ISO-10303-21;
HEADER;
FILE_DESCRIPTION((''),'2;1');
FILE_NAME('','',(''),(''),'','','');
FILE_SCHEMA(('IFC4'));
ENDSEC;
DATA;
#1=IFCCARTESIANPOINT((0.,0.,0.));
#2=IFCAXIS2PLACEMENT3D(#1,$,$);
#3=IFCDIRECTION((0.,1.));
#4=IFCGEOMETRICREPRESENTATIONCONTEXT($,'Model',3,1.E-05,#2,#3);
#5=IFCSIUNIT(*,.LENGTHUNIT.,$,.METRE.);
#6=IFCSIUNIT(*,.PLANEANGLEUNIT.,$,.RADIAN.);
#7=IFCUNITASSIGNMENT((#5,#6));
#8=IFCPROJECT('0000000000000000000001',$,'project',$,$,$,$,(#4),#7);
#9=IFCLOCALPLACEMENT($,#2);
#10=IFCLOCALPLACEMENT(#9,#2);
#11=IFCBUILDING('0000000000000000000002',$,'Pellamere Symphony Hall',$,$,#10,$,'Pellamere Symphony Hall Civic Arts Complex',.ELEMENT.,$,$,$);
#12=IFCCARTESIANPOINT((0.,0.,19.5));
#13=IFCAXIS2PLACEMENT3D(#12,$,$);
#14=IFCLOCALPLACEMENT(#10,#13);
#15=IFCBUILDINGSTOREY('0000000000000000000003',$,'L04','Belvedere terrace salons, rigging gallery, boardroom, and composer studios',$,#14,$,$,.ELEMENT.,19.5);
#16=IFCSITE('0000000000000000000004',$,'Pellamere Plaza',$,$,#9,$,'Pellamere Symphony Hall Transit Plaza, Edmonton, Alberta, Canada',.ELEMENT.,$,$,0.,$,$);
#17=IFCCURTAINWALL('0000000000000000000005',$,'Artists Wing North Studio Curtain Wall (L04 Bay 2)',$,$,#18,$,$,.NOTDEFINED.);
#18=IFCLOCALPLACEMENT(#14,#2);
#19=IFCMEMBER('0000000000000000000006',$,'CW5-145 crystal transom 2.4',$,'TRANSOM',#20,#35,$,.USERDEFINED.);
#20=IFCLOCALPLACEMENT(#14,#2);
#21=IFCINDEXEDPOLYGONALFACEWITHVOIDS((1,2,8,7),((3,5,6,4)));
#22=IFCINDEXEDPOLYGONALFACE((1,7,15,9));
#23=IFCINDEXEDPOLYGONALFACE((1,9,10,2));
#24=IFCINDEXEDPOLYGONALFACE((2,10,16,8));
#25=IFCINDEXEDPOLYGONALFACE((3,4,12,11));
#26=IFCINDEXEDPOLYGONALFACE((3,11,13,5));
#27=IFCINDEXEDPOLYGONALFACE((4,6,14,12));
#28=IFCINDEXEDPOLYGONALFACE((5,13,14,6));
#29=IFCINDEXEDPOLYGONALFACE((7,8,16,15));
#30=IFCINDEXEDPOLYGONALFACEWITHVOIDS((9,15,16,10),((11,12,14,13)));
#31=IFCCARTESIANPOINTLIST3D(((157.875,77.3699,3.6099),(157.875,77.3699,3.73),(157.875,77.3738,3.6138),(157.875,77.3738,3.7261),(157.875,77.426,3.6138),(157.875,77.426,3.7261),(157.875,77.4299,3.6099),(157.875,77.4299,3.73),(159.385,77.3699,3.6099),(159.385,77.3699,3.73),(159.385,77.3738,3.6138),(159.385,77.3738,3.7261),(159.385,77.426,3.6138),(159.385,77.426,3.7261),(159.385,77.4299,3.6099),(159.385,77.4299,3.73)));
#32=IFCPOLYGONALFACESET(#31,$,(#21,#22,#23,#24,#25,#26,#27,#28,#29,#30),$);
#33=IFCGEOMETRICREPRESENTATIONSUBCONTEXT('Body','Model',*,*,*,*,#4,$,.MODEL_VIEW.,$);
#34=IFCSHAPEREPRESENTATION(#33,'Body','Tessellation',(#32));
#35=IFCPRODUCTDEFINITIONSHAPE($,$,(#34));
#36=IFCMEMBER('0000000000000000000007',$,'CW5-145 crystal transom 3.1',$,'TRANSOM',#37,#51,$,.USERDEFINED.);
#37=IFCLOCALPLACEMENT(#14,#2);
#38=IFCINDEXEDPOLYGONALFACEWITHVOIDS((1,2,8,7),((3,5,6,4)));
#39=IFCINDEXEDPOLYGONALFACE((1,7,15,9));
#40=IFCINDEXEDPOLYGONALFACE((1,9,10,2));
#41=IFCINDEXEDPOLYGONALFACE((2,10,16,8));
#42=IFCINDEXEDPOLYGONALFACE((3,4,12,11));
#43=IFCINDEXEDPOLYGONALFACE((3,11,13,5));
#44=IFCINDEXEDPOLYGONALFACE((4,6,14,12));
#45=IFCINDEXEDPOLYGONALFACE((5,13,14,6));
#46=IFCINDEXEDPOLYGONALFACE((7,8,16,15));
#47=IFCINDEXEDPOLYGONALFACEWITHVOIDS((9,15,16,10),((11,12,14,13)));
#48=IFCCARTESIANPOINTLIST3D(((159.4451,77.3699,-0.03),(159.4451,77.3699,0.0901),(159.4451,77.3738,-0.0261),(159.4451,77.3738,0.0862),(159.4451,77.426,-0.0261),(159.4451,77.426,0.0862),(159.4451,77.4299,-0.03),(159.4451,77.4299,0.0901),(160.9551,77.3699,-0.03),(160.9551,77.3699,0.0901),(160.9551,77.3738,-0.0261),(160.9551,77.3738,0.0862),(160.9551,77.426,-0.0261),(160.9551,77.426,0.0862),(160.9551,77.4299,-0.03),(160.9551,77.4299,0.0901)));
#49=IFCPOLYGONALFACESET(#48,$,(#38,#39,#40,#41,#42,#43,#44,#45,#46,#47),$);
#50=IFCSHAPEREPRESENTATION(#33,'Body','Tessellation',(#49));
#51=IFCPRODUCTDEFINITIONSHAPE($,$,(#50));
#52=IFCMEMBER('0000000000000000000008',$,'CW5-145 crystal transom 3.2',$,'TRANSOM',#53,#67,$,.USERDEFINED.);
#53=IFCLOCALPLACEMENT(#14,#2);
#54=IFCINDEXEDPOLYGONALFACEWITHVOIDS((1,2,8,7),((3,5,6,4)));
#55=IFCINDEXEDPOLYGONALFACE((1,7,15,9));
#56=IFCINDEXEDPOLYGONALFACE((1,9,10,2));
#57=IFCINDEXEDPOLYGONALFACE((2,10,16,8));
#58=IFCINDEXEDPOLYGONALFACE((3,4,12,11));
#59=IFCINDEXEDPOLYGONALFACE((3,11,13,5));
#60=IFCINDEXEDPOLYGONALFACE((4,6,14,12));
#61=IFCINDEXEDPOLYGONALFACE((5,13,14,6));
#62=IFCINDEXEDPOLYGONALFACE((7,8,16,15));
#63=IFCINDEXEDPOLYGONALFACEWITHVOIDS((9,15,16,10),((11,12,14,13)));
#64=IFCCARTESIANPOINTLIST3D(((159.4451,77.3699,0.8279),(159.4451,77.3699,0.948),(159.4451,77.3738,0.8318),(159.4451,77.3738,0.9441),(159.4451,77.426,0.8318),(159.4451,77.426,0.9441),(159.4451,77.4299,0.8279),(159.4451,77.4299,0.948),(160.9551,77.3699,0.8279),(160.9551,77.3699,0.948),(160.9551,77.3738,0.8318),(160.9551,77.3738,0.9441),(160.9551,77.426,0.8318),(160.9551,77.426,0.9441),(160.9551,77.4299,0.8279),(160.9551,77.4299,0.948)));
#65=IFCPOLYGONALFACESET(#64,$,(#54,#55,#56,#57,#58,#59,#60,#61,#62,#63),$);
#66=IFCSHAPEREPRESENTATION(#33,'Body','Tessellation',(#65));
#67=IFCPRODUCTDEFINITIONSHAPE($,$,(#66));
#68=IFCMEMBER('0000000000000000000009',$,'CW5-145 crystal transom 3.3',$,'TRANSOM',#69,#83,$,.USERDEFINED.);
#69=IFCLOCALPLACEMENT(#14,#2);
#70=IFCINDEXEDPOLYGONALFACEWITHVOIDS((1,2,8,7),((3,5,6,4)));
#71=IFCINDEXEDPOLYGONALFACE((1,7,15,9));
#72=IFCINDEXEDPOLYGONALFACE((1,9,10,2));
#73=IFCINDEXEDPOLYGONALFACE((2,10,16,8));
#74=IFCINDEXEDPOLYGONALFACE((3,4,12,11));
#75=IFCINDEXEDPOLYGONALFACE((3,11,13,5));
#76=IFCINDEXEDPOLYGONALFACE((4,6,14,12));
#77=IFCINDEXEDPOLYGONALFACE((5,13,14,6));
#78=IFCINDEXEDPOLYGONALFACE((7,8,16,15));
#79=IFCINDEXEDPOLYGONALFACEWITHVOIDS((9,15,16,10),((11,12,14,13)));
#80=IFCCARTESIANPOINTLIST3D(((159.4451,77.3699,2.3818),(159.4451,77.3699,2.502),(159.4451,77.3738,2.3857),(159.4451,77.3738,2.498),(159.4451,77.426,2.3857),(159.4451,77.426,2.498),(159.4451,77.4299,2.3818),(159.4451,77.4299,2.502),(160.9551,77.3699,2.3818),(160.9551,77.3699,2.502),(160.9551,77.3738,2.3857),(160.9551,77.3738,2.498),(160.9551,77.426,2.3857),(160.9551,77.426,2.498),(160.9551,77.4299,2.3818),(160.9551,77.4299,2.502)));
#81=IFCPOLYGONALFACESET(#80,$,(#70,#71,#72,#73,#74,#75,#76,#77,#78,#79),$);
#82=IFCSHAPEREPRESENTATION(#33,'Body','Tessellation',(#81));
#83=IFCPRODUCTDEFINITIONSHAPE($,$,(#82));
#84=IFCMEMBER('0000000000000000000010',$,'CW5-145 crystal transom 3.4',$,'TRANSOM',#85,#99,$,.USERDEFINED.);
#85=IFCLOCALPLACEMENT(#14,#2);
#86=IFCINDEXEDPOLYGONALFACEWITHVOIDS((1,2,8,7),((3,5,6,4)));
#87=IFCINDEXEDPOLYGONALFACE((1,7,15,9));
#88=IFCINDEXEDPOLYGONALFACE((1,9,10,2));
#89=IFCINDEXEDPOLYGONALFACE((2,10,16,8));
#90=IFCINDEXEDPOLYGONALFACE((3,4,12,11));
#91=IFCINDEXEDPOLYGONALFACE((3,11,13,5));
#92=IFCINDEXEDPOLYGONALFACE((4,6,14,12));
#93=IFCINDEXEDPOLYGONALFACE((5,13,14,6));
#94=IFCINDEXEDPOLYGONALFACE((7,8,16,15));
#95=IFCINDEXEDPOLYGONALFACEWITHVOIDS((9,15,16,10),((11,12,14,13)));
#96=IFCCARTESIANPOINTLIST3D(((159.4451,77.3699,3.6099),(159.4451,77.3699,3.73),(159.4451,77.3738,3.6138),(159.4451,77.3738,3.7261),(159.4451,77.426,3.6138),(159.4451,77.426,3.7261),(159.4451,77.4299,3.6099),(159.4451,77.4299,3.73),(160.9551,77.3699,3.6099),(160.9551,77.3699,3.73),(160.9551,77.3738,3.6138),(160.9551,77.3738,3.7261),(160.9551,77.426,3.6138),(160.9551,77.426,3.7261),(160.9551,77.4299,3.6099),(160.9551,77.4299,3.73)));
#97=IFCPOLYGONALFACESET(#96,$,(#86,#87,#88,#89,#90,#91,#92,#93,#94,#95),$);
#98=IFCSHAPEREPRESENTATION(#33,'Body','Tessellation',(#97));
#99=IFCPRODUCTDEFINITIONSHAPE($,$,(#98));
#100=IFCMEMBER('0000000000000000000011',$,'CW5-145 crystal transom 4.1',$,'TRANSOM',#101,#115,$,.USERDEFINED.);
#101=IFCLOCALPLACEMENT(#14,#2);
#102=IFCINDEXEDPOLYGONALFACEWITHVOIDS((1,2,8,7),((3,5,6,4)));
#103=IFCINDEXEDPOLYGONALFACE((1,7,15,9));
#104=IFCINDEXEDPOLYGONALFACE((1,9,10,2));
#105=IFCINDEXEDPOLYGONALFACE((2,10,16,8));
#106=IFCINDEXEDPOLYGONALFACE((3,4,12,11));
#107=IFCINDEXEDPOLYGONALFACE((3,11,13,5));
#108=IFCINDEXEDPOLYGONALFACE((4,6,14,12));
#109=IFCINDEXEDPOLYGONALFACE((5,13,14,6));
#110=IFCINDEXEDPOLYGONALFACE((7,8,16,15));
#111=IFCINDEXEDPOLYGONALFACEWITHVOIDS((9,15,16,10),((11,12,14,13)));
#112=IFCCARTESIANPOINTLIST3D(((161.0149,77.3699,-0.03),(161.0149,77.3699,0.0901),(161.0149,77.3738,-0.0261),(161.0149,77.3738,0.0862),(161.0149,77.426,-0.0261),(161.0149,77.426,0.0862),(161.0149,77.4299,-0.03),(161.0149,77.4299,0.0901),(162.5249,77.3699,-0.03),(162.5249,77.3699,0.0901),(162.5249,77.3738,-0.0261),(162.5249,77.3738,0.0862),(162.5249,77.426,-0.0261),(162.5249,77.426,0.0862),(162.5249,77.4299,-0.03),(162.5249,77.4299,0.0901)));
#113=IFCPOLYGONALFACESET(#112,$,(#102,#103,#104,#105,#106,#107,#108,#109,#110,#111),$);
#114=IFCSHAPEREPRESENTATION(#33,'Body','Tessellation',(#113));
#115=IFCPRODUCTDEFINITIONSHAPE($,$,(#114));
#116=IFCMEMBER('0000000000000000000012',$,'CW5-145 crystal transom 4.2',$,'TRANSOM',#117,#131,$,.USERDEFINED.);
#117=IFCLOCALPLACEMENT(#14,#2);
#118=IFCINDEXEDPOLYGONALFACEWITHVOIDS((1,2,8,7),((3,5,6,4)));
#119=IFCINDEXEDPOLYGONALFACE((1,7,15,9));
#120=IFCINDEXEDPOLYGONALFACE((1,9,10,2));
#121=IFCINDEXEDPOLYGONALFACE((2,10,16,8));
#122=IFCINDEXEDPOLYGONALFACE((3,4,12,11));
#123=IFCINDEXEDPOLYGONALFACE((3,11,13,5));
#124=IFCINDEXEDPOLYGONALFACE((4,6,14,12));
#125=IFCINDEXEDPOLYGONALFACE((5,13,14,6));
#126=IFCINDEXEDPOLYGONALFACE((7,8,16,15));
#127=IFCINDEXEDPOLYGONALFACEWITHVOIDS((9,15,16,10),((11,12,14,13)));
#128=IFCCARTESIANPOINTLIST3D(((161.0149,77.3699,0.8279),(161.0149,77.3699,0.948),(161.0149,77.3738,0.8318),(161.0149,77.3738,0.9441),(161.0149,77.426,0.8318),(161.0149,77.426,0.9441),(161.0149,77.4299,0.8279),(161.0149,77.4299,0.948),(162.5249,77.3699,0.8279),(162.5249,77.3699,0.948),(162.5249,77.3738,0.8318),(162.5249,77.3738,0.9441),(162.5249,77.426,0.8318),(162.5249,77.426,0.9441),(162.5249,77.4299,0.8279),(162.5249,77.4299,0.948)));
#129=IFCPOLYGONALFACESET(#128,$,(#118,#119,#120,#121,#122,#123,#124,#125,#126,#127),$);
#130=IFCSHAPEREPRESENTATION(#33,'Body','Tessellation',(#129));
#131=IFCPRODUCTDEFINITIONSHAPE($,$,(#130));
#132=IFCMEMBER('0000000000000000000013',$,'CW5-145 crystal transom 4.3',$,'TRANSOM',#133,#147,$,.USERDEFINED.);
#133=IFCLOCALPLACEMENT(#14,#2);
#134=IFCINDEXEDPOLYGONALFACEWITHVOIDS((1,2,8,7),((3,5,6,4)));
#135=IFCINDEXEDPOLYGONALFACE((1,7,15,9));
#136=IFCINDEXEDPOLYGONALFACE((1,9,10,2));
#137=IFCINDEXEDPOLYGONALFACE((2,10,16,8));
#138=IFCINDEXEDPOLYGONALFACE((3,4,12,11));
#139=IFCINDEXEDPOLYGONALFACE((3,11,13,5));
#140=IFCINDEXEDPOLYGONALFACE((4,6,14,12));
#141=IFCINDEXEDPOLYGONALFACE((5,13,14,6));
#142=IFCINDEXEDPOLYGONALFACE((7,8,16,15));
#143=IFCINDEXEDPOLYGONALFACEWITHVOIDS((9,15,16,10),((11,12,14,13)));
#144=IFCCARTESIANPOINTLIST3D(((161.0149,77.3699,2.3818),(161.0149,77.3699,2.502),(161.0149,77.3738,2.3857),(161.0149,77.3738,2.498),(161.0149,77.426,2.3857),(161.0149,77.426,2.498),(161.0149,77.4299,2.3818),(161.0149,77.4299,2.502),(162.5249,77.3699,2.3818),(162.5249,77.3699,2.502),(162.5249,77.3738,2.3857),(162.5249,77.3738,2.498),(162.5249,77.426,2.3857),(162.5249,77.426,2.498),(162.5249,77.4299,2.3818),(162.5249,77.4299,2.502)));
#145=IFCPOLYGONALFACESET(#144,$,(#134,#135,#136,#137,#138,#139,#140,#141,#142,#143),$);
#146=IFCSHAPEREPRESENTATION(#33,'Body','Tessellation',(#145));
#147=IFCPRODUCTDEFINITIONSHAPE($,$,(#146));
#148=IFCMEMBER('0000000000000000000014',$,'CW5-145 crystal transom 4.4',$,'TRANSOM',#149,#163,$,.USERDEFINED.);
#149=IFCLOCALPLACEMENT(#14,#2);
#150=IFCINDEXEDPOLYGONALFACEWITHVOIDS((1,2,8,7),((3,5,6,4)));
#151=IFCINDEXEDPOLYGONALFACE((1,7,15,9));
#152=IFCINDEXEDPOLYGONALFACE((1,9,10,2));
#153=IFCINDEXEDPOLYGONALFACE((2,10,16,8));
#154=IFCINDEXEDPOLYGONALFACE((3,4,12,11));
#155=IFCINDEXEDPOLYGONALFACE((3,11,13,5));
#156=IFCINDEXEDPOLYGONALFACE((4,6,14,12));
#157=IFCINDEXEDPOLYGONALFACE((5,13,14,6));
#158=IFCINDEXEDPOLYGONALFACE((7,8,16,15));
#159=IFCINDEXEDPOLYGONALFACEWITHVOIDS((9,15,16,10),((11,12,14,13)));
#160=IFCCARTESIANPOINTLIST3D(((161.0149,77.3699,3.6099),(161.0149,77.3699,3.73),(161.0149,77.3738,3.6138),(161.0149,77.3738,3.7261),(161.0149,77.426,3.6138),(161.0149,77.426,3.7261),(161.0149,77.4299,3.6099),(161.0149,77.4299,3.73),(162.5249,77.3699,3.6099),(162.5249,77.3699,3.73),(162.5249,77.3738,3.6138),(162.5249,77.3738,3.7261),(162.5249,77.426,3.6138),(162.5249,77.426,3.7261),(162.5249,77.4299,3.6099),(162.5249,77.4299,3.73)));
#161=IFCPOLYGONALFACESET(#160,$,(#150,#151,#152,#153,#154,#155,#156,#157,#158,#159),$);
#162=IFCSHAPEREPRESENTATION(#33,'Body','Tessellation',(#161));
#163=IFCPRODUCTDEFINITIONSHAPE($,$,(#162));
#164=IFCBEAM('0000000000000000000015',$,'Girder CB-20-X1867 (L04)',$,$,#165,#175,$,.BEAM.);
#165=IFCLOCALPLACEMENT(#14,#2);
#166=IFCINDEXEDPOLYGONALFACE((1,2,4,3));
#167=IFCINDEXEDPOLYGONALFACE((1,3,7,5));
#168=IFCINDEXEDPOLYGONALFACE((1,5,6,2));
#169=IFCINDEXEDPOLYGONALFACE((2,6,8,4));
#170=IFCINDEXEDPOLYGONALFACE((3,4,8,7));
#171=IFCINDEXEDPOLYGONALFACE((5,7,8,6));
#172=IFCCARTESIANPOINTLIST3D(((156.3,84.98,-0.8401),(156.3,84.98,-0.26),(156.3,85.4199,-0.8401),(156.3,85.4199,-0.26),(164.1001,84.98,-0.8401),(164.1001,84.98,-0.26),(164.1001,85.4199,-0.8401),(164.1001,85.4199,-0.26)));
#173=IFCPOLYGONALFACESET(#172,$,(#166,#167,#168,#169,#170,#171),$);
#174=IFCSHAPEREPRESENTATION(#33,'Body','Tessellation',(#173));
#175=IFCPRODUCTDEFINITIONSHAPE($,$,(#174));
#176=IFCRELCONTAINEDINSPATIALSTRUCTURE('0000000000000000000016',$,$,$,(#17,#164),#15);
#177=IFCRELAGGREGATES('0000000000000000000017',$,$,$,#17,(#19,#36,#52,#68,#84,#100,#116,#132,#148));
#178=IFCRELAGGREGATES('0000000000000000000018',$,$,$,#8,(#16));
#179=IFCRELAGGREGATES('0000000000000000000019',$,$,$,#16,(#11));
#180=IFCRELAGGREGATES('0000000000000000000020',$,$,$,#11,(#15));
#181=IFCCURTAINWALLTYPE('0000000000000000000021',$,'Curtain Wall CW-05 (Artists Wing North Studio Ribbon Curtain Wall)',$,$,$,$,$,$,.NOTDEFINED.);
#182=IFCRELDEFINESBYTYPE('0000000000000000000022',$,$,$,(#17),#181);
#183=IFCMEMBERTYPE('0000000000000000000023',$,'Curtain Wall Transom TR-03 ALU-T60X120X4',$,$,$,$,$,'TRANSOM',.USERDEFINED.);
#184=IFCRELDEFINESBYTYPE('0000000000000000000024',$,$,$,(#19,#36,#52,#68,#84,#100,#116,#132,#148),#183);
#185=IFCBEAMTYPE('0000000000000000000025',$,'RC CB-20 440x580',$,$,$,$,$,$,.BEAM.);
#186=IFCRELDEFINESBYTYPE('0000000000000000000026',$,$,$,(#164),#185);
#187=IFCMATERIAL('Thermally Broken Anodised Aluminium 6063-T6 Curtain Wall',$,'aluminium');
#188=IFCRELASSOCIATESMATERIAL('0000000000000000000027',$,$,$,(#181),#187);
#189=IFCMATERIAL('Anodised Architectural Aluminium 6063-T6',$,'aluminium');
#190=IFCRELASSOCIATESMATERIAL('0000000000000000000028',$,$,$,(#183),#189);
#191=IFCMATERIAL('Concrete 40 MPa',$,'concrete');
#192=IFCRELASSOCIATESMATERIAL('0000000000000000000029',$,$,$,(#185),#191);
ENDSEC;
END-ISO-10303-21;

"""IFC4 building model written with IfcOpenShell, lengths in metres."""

from ifc_helpers import new_model, si_unit, direction, frame, origin, origin_2d, place, context, subcontext, project, spatial, rectangle, hollow_rectangle, extrude, material, material_profile, profile_set, type_object, element, aggregate, save


model = new_model("IFC4")

# Units and contexts
model_context = context("Model", 3, precision=1e-05, world=origin(), true_north=direction((0.0, 1.0)))
body_context = subcontext(model_context, "Body", "Model", "MODEL_VIEW")
ifc_project = project(units=[si_unit("LENGTHUNIT", "METRE"), si_unit("PLANEANGLEUNIT", "RADIAN")], contexts=[model_context])

# Site, building, storey
site_placement = place(None, origin())
site = spatial("IfcSite", under=ifc_project, at=site_placement, Name="Pellamere Plaza", LongName="Pellamere Symphony Hall Transit Plaza, Edmonton, Alberta, Canada", CompositionType="ELEMENT", RefElevation=0.0)
building_placement = place(site_placement, origin())
building = spatial("IfcBuilding", under=site, at=building_placement, Name="Pellamere Symphony Hall", LongName="Pellamere Symphony Hall Civic Arts Complex", CompositionType="ELEMENT")
storey_placement = place(building_placement, frame((0.0, 0.0, 19.5)))
storey = spatial("IfcBuildingStorey", under=building, at=storey_placement, Name="L04", Description="Belvedere terrace salons, rigging gallery, boardroom, and composer studios", CompositionType="ELEMENT", Elevation=19.5)

# Curtain wall, members
ifc_material_1 = material(Name="Thermally Broken Anodised Aluminium 6063-T6 Curtain Wall", Category="aluminium")
curtain_wall_type = type_object("IfcCurtainWallType", Name="Curtain Wall CW-05 (Artists Wing North Studio Ribbon Curtain Wall)", PredefinedType="NOTDEFINED", material=ifc_material_1)
curtain_wall_placement = place(storey_placement, origin())
curtain_wall = element("IfcCurtainWall", 1, at=curtain_wall_placement, inside=storey, type_object=curtain_wall_type, Name="Artists Wing North Studio Curtain Wall (L04 Bay 2)", PredefinedType="NOTDEFINED")
ifc_material_2 = material(Name="Anodised Architectural Aluminium 6063-T6", Category="aluminium")
ifc_material_profile_1 = material_profile(ifc_material_2, hollow_rectangle(XDim=0.0601, YDim=0.1201, WallThickness=0.0039, at=origin_2d()), Name="ALU-T60X120X4")
ifc_profile_set_1 = profile_set([ifc_material_profile_1], Name="Anodised Architectural Aluminium 6063-T6")
member_type_1 = type_object("IfcMemberType", Name="Curtain Wall Transom TR-03 ALU-T60X120X4", ElementType="TRANSOM", PredefinedType="USERDEFINED", material=ifc_profile_set_1)
member_1_placement = place(storey_placement, frame((157.875, 77.3999, 3.6699), z_axis=(1.0, 0.0, 0.0), x_axis=(0.0, 1.0, 0.0)))
member_1 = element("IfcMember", 2, at=member_1_placement, type_object=member_type_1, Name="CW5-145 crystal transom 2.4", ObjectType="TRANSOM", PredefinedType="USERDEFINED", context=body_context, shape_type="SweptSolid", body=[
    extrude(hollow_rectangle(XDim=0.0601, YDim=0.1201, WallThickness=0.0039, at=origin_2d()), origin(), (0.0, 0.0, 1.0), 1.51),
])
member_2_placement = place(storey_placement, frame((159.4451, 77.3999, 0.03), z_axis=(1.0, 0.0, 0.0), x_axis=(0.0, 1.0, 0.0)))
member_2 = element("IfcMember", 3, at=member_2_placement, type_object=member_type_1, Name="CW5-145 crystal transom 3.1", ObjectType="TRANSOM", PredefinedType="USERDEFINED", context=body_context, shape_type="SweptSolid", body=[
    extrude(hollow_rectangle(XDim=0.0601, YDim=0.1201, WallThickness=0.0039, at=origin_2d()), origin(), (0.0, 0.0, 1.0), 1.51),
])
member_3_placement = place(storey_placement, frame((159.4451, 77.3999, 0.8879), z_axis=(1.0, 0.0, 0.0), x_axis=(0.0, 1.0, 0.0)))
member_3 = element("IfcMember", 4, at=member_3_placement, type_object=member_type_1, Name="CW5-145 crystal transom 3.2", ObjectType="TRANSOM", PredefinedType="USERDEFINED", context=body_context, shape_type="SweptSolid", body=[
    extrude(hollow_rectangle(XDim=0.0601, YDim=0.1201, WallThickness=0.0039, at=origin_2d()), origin(), (0.0, 0.0, 1.0), 1.51),
])
member_4_placement = place(storey_placement, frame((159.4451, 77.3999, 2.4419), z_axis=(1.0, 0.0, 0.0), x_axis=(0.0, 1.0, 0.0)))
member_4 = element("IfcMember", 5, at=member_4_placement, type_object=member_type_1, Name="CW5-145 crystal transom 3.3", ObjectType="TRANSOM", PredefinedType="USERDEFINED", context=body_context, shape_type="SweptSolid", body=[
    extrude(hollow_rectangle(XDim=0.0601, YDim=0.1201, WallThickness=0.0039, at=origin_2d()), origin(), (0.0, 0.0, 1.0), 1.51),
])
member_5_placement = place(storey_placement, frame((159.4451, 77.3999, 3.6699), z_axis=(1.0, 0.0, 0.0), x_axis=(0.0, 1.0, 0.0)))
member_5 = element("IfcMember", 6, at=member_5_placement, type_object=member_type_1, Name="CW5-145 crystal transom 3.4", ObjectType="TRANSOM", PredefinedType="USERDEFINED", context=body_context, shape_type="SweptSolid", body=[
    extrude(hollow_rectangle(XDim=0.0601, YDim=0.1201, WallThickness=0.0039, at=origin_2d()), origin(), (0.0, 0.0, 1.0), 1.51),
])
member_6_placement = place(storey_placement, frame((161.0149, 77.3999, 0.03), z_axis=(1.0, 0.0, 0.0), x_axis=(0.0, 1.0, 0.0)))
member_6 = element("IfcMember", 7, at=member_6_placement, type_object=member_type_1, Name="CW5-145 crystal transom 4.1", ObjectType="TRANSOM", PredefinedType="USERDEFINED", context=body_context, shape_type="SweptSolid", body=[
    extrude(hollow_rectangle(XDim=0.0601, YDim=0.1201, WallThickness=0.0039, at=origin_2d()), origin(), (0.0, 0.0, 1.0), 1.51),
])
member_7_placement = place(storey_placement, frame((161.0149, 77.3999, 0.8879), z_axis=(1.0, 0.0, 0.0), x_axis=(0.0, 1.0, 0.0)))
member_7 = element("IfcMember", 8, at=member_7_placement, type_object=member_type_1, Name="CW5-145 crystal transom 4.2", ObjectType="TRANSOM", PredefinedType="USERDEFINED", context=body_context, shape_type="SweptSolid", body=[
    extrude(hollow_rectangle(XDim=0.0601, YDim=0.1201, WallThickness=0.0039, at=origin_2d()), origin(), (0.0, 0.0, 1.0), 1.51),
])
member_8_placement = place(storey_placement, frame((161.0149, 77.3999, 2.4419), z_axis=(1.0, 0.0, 0.0), x_axis=(0.0, 1.0, 0.0)))
member_8 = element("IfcMember", 9, at=member_8_placement, type_object=member_type_1, Name="CW5-145 crystal transom 4.3", ObjectType="TRANSOM", PredefinedType="USERDEFINED", context=body_context, shape_type="SweptSolid", body=[
    extrude(hollow_rectangle(XDim=0.0601, YDim=0.1201, WallThickness=0.0039, at=origin_2d()), origin(), (0.0, 0.0, 1.0), 1.51),
])
member_9_placement = place(storey_placement, frame((161.0149, 77.3999, 3.6699), z_axis=(1.0, 0.0, 0.0), x_axis=(0.0, 1.0, 0.0)))
member_9 = element("IfcMember", 10, at=member_9_placement, type_object=member_type_1, Name="CW5-145 crystal transom 4.4", ObjectType="TRANSOM", PredefinedType="USERDEFINED", context=body_context, shape_type="SweptSolid", body=[
    extrude(hollow_rectangle(XDim=0.0601, YDim=0.1201, WallThickness=0.0039, at=origin_2d()), origin(), (0.0, 0.0, 1.0), 1.51),
])

# Beam
ifc_material_3 = material(Name="Concrete 40 MPa", Category="concrete")
ifc_material_profile_2 = material_profile(ifc_material_3, rectangle(XDim=0.4399, YDim=0.5801, at=origin_2d()), Name="RC 440x580")
ifc_profile_set_2 = profile_set([ifc_material_profile_2], Name="Concrete 40 MPa")
beam_type_1 = type_object("IfcBeamType", Name="RC CB-20 440x580", PredefinedType="BEAM", material=ifc_profile_set_2)
beam_1_placement = place(storey_placement, frame((156.3, 85.2, -0.55), z_axis=(1.0, 0.0, 0.0), x_axis=(0.0, 1.0, 0.0)))
element("IfcBeam", 11, at=beam_1_placement, inside=storey, type_object=beam_type_1, Name="Girder CB-20-X1867 (L04)", PredefinedType="BEAM", context=body_context, shape_type="SweptSolid", body=[
    extrude(rectangle(XDim=0.4399, YDim=0.5801, at=origin_2d()), origin(), (0.0, 0.0, 1.0), 7.8),
])

aggregate(curtain_wall, [member_1, member_2, member_3, member_4, member_5, member_6, member_7, member_8, member_9])

save(model, "model.ifc")
